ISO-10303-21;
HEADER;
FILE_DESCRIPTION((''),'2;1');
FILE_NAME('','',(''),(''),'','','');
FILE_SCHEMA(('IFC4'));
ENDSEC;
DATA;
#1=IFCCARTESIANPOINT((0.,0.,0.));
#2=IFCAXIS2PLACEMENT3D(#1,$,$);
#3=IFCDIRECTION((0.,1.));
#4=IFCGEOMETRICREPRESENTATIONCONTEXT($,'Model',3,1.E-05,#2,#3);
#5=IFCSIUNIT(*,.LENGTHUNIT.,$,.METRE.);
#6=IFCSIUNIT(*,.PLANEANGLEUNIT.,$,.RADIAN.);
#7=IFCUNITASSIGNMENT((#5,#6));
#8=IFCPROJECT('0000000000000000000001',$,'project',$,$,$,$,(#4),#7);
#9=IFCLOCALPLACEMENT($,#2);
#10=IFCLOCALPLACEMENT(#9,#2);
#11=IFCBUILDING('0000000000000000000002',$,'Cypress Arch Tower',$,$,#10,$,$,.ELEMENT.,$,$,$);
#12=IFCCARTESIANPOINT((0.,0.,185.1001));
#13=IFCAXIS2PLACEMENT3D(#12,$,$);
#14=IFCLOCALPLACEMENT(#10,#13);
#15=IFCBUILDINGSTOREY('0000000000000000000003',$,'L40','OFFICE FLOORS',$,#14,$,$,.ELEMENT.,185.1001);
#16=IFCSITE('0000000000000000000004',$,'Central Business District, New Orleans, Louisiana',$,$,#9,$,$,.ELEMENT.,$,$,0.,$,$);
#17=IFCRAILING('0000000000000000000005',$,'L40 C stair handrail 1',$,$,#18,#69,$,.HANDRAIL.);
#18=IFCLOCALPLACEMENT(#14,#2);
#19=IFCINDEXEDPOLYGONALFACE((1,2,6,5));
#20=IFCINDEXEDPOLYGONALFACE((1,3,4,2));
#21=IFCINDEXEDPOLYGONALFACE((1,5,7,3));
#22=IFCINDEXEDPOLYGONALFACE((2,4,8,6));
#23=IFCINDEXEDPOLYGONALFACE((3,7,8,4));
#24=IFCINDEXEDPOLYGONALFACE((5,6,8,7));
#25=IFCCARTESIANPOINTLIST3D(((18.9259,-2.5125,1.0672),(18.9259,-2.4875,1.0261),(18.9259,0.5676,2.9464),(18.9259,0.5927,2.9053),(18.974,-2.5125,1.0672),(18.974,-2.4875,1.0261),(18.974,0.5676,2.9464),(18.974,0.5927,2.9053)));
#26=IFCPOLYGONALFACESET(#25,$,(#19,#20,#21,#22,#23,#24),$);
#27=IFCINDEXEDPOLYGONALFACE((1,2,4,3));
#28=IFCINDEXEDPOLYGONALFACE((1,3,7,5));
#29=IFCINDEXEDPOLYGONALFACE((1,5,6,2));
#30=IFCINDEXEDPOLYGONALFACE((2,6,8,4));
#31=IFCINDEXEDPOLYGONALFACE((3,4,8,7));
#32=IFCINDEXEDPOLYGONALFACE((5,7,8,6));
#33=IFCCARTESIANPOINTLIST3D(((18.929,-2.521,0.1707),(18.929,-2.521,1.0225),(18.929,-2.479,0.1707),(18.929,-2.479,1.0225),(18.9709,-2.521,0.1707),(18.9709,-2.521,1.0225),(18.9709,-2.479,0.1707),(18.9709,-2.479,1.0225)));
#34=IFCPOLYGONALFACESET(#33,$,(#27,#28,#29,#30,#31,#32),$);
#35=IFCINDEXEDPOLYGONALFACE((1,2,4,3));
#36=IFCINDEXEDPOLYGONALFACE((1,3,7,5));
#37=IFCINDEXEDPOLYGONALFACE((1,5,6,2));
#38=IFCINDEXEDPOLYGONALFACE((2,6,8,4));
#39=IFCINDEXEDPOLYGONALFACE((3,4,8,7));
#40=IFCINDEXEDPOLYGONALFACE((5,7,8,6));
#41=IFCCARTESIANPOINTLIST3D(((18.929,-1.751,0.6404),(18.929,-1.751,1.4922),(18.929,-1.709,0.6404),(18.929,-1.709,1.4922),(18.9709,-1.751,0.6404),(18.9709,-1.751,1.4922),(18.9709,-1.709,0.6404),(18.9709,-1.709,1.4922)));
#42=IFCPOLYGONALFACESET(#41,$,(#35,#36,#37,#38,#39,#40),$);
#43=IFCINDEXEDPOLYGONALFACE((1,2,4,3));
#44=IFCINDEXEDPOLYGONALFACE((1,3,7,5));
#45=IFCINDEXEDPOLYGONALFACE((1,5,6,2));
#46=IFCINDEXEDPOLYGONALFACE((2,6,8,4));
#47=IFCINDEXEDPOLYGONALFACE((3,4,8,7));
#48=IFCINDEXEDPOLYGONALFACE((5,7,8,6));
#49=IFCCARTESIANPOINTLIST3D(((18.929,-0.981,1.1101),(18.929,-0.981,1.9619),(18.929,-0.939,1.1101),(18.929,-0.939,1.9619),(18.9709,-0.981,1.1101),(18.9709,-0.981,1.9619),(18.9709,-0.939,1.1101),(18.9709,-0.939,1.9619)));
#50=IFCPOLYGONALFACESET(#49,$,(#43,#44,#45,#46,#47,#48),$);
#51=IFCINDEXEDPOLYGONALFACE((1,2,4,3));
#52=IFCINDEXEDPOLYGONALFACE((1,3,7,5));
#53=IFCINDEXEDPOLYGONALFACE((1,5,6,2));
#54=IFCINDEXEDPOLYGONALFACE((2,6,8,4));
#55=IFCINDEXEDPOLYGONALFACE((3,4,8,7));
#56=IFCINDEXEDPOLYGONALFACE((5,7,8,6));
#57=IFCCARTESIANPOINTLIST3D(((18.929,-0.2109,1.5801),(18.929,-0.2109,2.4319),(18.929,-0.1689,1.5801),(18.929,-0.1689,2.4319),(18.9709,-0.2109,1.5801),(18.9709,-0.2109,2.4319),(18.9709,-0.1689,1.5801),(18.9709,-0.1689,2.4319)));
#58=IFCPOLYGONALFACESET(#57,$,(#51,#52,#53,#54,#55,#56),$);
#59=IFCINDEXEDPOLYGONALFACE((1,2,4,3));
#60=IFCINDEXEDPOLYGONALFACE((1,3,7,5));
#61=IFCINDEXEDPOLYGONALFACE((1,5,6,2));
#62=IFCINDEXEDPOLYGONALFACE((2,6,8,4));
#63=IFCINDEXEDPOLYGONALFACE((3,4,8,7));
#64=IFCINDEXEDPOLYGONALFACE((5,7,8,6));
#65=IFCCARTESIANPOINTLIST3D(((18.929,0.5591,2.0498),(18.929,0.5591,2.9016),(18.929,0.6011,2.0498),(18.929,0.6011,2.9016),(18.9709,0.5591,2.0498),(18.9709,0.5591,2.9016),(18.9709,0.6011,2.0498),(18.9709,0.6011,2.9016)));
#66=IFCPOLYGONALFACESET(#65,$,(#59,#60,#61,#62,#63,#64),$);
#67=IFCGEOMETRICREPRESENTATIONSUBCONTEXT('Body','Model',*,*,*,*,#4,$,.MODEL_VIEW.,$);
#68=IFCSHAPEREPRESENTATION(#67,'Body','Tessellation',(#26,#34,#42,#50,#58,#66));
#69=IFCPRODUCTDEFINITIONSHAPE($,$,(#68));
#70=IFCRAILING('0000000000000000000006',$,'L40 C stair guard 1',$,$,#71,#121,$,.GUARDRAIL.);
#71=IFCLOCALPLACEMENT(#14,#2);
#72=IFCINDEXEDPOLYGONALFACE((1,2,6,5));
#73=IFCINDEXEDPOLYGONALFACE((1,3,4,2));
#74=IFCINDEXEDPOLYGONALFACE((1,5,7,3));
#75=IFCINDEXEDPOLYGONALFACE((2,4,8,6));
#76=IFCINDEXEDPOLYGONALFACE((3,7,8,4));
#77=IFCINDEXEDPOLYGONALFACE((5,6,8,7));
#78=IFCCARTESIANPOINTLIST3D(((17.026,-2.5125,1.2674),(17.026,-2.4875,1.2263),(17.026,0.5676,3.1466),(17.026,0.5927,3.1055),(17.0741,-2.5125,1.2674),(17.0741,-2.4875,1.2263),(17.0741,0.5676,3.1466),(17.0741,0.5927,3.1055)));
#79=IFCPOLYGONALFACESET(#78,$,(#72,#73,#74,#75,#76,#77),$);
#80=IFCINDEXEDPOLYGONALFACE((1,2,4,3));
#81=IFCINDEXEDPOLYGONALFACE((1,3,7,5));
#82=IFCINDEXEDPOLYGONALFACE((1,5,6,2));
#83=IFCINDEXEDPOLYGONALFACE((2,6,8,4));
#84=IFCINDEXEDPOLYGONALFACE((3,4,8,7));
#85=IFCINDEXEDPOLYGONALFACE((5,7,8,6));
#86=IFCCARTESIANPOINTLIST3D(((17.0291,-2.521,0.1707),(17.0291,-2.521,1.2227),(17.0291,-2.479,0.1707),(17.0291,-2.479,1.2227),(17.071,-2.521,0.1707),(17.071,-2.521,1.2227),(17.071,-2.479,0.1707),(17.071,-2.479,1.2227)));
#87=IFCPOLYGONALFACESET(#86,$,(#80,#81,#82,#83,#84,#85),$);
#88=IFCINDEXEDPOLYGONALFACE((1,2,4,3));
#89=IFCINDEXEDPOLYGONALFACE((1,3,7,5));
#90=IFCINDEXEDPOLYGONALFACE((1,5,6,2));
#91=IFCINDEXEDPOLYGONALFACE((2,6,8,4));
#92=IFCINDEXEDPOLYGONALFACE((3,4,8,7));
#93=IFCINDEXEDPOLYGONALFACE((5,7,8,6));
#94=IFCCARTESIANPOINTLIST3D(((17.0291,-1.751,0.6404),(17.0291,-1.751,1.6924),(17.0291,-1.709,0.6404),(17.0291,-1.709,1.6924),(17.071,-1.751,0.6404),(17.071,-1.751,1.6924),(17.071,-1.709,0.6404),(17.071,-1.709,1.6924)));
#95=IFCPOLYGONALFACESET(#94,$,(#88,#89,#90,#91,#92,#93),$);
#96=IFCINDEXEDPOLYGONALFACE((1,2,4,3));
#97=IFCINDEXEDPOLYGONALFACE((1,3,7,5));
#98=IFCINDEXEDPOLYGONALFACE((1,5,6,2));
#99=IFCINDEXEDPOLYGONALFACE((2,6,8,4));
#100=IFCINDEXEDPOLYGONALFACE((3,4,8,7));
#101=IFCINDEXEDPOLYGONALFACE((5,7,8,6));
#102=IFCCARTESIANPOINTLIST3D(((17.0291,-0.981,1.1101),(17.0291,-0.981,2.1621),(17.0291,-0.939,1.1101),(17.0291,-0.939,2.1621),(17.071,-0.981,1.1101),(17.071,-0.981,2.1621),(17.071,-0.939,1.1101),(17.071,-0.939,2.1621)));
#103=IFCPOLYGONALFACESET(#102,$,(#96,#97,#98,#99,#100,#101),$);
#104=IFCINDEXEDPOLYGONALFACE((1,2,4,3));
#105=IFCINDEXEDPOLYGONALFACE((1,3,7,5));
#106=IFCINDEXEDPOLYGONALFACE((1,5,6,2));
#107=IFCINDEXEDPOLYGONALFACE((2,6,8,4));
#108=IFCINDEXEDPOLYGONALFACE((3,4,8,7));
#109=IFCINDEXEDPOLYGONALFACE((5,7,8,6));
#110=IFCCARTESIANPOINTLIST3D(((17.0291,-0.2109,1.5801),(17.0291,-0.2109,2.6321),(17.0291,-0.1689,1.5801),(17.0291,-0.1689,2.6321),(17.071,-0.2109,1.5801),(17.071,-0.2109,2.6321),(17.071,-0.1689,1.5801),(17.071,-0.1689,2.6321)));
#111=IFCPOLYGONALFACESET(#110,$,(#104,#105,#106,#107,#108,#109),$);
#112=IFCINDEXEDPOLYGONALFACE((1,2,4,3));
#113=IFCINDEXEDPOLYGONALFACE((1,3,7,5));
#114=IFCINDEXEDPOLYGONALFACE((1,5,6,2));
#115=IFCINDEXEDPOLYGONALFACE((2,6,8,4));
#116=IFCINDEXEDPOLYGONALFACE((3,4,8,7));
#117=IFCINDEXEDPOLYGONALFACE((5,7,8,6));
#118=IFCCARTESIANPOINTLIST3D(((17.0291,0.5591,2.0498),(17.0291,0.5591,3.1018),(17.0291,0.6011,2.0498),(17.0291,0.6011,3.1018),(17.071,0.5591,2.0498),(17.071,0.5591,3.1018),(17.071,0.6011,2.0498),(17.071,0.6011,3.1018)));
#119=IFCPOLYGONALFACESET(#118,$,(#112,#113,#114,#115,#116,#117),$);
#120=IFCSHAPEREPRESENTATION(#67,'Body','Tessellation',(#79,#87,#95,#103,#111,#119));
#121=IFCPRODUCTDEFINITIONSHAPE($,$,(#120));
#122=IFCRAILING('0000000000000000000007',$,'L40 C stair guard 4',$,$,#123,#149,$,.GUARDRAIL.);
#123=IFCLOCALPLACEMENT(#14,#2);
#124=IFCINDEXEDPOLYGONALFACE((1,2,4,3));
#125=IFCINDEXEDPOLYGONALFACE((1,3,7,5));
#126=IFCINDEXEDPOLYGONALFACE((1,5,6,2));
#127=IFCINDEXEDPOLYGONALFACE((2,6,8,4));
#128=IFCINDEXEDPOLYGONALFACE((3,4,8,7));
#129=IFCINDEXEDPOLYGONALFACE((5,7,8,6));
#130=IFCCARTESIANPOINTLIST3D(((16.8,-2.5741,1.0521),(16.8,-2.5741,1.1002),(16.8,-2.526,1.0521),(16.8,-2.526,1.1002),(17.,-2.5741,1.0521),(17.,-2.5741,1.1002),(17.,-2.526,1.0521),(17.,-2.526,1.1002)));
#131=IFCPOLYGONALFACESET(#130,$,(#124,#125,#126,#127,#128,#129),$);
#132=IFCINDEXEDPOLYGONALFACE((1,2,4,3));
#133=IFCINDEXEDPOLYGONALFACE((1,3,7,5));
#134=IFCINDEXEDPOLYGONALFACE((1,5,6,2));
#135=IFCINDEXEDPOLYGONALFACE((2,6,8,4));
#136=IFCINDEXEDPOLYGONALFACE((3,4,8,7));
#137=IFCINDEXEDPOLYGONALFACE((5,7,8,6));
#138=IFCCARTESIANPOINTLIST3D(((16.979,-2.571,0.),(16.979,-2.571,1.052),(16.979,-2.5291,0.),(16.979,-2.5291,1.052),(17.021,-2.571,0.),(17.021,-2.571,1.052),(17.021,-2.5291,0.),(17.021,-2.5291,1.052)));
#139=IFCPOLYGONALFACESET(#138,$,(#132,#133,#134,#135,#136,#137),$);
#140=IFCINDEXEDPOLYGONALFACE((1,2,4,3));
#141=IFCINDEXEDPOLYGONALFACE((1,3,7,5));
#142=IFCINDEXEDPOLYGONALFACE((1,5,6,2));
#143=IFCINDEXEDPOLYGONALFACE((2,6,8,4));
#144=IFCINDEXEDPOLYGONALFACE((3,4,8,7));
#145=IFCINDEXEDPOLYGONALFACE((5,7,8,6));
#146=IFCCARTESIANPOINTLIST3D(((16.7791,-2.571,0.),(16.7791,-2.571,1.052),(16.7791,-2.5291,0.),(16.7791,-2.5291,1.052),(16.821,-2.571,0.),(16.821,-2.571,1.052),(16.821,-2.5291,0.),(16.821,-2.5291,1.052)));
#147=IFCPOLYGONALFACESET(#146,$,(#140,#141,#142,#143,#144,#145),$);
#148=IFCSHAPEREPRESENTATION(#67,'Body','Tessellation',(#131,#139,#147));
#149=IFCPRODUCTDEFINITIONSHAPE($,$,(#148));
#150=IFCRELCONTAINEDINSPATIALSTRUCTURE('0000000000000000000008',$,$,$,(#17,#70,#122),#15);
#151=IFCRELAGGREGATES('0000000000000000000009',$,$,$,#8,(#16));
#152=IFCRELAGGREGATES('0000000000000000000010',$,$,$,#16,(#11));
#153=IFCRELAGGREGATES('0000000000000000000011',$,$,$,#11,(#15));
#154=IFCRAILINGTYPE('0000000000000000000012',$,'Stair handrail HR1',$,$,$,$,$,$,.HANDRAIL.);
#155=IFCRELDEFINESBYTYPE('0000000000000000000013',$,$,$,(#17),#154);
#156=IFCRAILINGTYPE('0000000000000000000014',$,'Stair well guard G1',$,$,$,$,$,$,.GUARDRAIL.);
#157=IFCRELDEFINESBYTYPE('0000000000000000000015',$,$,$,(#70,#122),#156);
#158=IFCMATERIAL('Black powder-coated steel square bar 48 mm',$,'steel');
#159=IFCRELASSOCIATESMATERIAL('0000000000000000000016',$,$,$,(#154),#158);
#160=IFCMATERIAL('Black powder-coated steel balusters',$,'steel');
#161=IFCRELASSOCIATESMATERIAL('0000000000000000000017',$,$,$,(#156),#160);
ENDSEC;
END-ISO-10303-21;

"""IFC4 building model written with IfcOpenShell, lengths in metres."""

from ifc_helpers import new_model, si_unit, direction, frame, origin, origin_2d, place, context, subcontext, project, spatial, rectangle, extrude, material, type_object, element, save


model = new_model("IFC4")

# Units and contexts
model_context = context("Model", 3, precision=1e-05, world=origin(), true_north=direction((0.0, 1.0)))
body_context = subcontext(model_context, "Body", "Model", "MODEL_VIEW")
ifc_project = project(units=[si_unit("LENGTHUNIT", "METRE"), si_unit("PLANEANGLEUNIT", "RADIAN")], contexts=[model_context])

# Site, building, storey
site_placement = place(None, origin())
site = spatial("IfcSite", under=ifc_project, at=site_placement, Name="Central Business District, New Orleans, Louisiana", CompositionType="ELEMENT", RefElevation=0.0)
building_placement = place(site_placement, origin())
building = spatial("IfcBuilding", under=site, at=building_placement, Name="Cypress Arch Tower", CompositionType="ELEMENT")
storey_placement = place(building_placement, frame((0.0, 0.0, 185.1001)))
storey = spatial("IfcBuildingStorey", under=building, at=storey_placement, Name="L40", Description="OFFICE FLOORS", CompositionType="ELEMENT", Elevation=185.1001)

# Railings
ifc_material_1 = material(Name="Black powder-coated steel square bar 48 mm", Category="steel")
railing_type_1 = type_object("IfcRailingType", Name="Stair handrail HR1", PredefinedType="HANDRAIL", material=ifc_material_1)
railing_1_placement = place(storey_placement, frame((18.95, -2.5, 0.1707)))
element("IfcRailing", 1, at=railing_1_placement, inside=storey, type_object=railing_type_1, Name="L40 C stair handrail 1", PredefinedType="HANDRAIL", context=body_context, shape_type="SweptSolid", body=[
    extrude(rectangle(XDim=0.0481, YDim=0.0481, at=origin_2d()), frame((0.0, 0.0, 0.876), z_axis=(0.0, 0.853666, 0.52082), x_axis=(-1.0, 0.0, 0.0)), (0.0, 0.0, 1.0), 3.6082),
    extrude(rectangle(XDim=0.042, YDim=0.042, at=origin_2d()), origin(), (0.0, 0.0, 1.0), 0.8518),
    extrude(rectangle(XDim=0.042, YDim=0.042, at=origin_2d()), frame((0.0, 0.77, 0.4697)), (0.0, 0.0, 1.0), 0.8518),
    extrude(rectangle(XDim=0.042, YDim=0.042, at=origin_2d()), frame((0.0, 1.54, 0.9395)), (0.0, 0.0, 1.0), 0.8518),
    extrude(rectangle(XDim=0.042, YDim=0.042, at=origin_2d()), frame((0.0, 2.3101, 1.4094)), (0.0, 0.0, 1.0), 0.8518),
    extrude(rectangle(XDim=0.042, YDim=0.042, at=origin_2d()), frame((0.0, 3.0801, 1.8792)), (0.0, 0.0, 1.0), 0.8518),
])
ifc_material_2 = material(Name="Black powder-coated steel balusters", Category="steel")
railing_type_2 = type_object("IfcRailingType", Name="Stair well guard G1", PredefinedType="GUARDRAIL", material=ifc_material_2)
railing_2_placement = place(storey_placement, frame((17.05, -2.5, 0.1707)))
element("IfcRailing", 2, at=railing_2_placement, inside=storey, type_object=railing_type_2, Name="L40 C stair guard 1", PredefinedType="GUARDRAIL", context=body_context, shape_type="SweptSolid", body=[
    extrude(rectangle(XDim=0.0481, YDim=0.0481, at=origin_2d()), frame((0.0, 0.0, 1.0762), z_axis=(0.0, 0.853666, 0.52082), x_axis=(-1.0, 0.0, 0.0)), (0.0, 0.0, 1.0), 3.6082),
    extrude(rectangle(XDim=0.042, YDim=0.042, at=origin_2d()), origin(), (0.0, 0.0, 1.0), 1.052),
    extrude(rectangle(XDim=0.042, YDim=0.042, at=origin_2d()), frame((0.0, 0.77, 0.4697)), (0.0, 0.0, 1.0), 1.052),
    extrude(rectangle(XDim=0.042, YDim=0.042, at=origin_2d()), frame((0.0, 1.54, 0.9395)), (0.0, 0.0, 1.0), 1.052),
    extrude(rectangle(XDim=0.042, YDim=0.042, at=origin_2d()), frame((0.0, 2.3101, 1.4094)), (0.0, 0.0, 1.0), 1.052),
    extrude(rectangle(XDim=0.042, YDim=0.042, at=origin_2d()), frame((0.0, 3.0801, 1.8792)), (0.0, 0.0, 1.0), 1.052),
])
railing_3_placement = place(storey_placement, frame((17.0, -2.55, 0.0)))
element("IfcRailing", 3, at=railing_3_placement, inside=storey, type_object=railing_type_2, Name="L40 C stair guard 4", PredefinedType="GUARDRAIL", context=body_context, shape_type="SweptSolid", body=[
    extrude(rectangle(XDim=0.0481, YDim=0.0481, at=origin_2d()), frame((0.0, 0.0, 1.0762), z_axis=(-1.0, 0.0, 0.0), x_axis=(0.0, -1.0, 0.0)), (0.0, 0.0, 1.0), 0.2),
    extrude(rectangle(XDim=0.042, YDim=0.042, at=origin_2d()), origin(), (0.0, 0.0, 1.0), 1.052),
    extrude(rectangle(XDim=0.042, YDim=0.042, at=origin_2d()), frame((-0.2, 0.0, 0.0)), (0.0, 0.0, 1.0), 1.052),
])

save(model, "model.ifc")
